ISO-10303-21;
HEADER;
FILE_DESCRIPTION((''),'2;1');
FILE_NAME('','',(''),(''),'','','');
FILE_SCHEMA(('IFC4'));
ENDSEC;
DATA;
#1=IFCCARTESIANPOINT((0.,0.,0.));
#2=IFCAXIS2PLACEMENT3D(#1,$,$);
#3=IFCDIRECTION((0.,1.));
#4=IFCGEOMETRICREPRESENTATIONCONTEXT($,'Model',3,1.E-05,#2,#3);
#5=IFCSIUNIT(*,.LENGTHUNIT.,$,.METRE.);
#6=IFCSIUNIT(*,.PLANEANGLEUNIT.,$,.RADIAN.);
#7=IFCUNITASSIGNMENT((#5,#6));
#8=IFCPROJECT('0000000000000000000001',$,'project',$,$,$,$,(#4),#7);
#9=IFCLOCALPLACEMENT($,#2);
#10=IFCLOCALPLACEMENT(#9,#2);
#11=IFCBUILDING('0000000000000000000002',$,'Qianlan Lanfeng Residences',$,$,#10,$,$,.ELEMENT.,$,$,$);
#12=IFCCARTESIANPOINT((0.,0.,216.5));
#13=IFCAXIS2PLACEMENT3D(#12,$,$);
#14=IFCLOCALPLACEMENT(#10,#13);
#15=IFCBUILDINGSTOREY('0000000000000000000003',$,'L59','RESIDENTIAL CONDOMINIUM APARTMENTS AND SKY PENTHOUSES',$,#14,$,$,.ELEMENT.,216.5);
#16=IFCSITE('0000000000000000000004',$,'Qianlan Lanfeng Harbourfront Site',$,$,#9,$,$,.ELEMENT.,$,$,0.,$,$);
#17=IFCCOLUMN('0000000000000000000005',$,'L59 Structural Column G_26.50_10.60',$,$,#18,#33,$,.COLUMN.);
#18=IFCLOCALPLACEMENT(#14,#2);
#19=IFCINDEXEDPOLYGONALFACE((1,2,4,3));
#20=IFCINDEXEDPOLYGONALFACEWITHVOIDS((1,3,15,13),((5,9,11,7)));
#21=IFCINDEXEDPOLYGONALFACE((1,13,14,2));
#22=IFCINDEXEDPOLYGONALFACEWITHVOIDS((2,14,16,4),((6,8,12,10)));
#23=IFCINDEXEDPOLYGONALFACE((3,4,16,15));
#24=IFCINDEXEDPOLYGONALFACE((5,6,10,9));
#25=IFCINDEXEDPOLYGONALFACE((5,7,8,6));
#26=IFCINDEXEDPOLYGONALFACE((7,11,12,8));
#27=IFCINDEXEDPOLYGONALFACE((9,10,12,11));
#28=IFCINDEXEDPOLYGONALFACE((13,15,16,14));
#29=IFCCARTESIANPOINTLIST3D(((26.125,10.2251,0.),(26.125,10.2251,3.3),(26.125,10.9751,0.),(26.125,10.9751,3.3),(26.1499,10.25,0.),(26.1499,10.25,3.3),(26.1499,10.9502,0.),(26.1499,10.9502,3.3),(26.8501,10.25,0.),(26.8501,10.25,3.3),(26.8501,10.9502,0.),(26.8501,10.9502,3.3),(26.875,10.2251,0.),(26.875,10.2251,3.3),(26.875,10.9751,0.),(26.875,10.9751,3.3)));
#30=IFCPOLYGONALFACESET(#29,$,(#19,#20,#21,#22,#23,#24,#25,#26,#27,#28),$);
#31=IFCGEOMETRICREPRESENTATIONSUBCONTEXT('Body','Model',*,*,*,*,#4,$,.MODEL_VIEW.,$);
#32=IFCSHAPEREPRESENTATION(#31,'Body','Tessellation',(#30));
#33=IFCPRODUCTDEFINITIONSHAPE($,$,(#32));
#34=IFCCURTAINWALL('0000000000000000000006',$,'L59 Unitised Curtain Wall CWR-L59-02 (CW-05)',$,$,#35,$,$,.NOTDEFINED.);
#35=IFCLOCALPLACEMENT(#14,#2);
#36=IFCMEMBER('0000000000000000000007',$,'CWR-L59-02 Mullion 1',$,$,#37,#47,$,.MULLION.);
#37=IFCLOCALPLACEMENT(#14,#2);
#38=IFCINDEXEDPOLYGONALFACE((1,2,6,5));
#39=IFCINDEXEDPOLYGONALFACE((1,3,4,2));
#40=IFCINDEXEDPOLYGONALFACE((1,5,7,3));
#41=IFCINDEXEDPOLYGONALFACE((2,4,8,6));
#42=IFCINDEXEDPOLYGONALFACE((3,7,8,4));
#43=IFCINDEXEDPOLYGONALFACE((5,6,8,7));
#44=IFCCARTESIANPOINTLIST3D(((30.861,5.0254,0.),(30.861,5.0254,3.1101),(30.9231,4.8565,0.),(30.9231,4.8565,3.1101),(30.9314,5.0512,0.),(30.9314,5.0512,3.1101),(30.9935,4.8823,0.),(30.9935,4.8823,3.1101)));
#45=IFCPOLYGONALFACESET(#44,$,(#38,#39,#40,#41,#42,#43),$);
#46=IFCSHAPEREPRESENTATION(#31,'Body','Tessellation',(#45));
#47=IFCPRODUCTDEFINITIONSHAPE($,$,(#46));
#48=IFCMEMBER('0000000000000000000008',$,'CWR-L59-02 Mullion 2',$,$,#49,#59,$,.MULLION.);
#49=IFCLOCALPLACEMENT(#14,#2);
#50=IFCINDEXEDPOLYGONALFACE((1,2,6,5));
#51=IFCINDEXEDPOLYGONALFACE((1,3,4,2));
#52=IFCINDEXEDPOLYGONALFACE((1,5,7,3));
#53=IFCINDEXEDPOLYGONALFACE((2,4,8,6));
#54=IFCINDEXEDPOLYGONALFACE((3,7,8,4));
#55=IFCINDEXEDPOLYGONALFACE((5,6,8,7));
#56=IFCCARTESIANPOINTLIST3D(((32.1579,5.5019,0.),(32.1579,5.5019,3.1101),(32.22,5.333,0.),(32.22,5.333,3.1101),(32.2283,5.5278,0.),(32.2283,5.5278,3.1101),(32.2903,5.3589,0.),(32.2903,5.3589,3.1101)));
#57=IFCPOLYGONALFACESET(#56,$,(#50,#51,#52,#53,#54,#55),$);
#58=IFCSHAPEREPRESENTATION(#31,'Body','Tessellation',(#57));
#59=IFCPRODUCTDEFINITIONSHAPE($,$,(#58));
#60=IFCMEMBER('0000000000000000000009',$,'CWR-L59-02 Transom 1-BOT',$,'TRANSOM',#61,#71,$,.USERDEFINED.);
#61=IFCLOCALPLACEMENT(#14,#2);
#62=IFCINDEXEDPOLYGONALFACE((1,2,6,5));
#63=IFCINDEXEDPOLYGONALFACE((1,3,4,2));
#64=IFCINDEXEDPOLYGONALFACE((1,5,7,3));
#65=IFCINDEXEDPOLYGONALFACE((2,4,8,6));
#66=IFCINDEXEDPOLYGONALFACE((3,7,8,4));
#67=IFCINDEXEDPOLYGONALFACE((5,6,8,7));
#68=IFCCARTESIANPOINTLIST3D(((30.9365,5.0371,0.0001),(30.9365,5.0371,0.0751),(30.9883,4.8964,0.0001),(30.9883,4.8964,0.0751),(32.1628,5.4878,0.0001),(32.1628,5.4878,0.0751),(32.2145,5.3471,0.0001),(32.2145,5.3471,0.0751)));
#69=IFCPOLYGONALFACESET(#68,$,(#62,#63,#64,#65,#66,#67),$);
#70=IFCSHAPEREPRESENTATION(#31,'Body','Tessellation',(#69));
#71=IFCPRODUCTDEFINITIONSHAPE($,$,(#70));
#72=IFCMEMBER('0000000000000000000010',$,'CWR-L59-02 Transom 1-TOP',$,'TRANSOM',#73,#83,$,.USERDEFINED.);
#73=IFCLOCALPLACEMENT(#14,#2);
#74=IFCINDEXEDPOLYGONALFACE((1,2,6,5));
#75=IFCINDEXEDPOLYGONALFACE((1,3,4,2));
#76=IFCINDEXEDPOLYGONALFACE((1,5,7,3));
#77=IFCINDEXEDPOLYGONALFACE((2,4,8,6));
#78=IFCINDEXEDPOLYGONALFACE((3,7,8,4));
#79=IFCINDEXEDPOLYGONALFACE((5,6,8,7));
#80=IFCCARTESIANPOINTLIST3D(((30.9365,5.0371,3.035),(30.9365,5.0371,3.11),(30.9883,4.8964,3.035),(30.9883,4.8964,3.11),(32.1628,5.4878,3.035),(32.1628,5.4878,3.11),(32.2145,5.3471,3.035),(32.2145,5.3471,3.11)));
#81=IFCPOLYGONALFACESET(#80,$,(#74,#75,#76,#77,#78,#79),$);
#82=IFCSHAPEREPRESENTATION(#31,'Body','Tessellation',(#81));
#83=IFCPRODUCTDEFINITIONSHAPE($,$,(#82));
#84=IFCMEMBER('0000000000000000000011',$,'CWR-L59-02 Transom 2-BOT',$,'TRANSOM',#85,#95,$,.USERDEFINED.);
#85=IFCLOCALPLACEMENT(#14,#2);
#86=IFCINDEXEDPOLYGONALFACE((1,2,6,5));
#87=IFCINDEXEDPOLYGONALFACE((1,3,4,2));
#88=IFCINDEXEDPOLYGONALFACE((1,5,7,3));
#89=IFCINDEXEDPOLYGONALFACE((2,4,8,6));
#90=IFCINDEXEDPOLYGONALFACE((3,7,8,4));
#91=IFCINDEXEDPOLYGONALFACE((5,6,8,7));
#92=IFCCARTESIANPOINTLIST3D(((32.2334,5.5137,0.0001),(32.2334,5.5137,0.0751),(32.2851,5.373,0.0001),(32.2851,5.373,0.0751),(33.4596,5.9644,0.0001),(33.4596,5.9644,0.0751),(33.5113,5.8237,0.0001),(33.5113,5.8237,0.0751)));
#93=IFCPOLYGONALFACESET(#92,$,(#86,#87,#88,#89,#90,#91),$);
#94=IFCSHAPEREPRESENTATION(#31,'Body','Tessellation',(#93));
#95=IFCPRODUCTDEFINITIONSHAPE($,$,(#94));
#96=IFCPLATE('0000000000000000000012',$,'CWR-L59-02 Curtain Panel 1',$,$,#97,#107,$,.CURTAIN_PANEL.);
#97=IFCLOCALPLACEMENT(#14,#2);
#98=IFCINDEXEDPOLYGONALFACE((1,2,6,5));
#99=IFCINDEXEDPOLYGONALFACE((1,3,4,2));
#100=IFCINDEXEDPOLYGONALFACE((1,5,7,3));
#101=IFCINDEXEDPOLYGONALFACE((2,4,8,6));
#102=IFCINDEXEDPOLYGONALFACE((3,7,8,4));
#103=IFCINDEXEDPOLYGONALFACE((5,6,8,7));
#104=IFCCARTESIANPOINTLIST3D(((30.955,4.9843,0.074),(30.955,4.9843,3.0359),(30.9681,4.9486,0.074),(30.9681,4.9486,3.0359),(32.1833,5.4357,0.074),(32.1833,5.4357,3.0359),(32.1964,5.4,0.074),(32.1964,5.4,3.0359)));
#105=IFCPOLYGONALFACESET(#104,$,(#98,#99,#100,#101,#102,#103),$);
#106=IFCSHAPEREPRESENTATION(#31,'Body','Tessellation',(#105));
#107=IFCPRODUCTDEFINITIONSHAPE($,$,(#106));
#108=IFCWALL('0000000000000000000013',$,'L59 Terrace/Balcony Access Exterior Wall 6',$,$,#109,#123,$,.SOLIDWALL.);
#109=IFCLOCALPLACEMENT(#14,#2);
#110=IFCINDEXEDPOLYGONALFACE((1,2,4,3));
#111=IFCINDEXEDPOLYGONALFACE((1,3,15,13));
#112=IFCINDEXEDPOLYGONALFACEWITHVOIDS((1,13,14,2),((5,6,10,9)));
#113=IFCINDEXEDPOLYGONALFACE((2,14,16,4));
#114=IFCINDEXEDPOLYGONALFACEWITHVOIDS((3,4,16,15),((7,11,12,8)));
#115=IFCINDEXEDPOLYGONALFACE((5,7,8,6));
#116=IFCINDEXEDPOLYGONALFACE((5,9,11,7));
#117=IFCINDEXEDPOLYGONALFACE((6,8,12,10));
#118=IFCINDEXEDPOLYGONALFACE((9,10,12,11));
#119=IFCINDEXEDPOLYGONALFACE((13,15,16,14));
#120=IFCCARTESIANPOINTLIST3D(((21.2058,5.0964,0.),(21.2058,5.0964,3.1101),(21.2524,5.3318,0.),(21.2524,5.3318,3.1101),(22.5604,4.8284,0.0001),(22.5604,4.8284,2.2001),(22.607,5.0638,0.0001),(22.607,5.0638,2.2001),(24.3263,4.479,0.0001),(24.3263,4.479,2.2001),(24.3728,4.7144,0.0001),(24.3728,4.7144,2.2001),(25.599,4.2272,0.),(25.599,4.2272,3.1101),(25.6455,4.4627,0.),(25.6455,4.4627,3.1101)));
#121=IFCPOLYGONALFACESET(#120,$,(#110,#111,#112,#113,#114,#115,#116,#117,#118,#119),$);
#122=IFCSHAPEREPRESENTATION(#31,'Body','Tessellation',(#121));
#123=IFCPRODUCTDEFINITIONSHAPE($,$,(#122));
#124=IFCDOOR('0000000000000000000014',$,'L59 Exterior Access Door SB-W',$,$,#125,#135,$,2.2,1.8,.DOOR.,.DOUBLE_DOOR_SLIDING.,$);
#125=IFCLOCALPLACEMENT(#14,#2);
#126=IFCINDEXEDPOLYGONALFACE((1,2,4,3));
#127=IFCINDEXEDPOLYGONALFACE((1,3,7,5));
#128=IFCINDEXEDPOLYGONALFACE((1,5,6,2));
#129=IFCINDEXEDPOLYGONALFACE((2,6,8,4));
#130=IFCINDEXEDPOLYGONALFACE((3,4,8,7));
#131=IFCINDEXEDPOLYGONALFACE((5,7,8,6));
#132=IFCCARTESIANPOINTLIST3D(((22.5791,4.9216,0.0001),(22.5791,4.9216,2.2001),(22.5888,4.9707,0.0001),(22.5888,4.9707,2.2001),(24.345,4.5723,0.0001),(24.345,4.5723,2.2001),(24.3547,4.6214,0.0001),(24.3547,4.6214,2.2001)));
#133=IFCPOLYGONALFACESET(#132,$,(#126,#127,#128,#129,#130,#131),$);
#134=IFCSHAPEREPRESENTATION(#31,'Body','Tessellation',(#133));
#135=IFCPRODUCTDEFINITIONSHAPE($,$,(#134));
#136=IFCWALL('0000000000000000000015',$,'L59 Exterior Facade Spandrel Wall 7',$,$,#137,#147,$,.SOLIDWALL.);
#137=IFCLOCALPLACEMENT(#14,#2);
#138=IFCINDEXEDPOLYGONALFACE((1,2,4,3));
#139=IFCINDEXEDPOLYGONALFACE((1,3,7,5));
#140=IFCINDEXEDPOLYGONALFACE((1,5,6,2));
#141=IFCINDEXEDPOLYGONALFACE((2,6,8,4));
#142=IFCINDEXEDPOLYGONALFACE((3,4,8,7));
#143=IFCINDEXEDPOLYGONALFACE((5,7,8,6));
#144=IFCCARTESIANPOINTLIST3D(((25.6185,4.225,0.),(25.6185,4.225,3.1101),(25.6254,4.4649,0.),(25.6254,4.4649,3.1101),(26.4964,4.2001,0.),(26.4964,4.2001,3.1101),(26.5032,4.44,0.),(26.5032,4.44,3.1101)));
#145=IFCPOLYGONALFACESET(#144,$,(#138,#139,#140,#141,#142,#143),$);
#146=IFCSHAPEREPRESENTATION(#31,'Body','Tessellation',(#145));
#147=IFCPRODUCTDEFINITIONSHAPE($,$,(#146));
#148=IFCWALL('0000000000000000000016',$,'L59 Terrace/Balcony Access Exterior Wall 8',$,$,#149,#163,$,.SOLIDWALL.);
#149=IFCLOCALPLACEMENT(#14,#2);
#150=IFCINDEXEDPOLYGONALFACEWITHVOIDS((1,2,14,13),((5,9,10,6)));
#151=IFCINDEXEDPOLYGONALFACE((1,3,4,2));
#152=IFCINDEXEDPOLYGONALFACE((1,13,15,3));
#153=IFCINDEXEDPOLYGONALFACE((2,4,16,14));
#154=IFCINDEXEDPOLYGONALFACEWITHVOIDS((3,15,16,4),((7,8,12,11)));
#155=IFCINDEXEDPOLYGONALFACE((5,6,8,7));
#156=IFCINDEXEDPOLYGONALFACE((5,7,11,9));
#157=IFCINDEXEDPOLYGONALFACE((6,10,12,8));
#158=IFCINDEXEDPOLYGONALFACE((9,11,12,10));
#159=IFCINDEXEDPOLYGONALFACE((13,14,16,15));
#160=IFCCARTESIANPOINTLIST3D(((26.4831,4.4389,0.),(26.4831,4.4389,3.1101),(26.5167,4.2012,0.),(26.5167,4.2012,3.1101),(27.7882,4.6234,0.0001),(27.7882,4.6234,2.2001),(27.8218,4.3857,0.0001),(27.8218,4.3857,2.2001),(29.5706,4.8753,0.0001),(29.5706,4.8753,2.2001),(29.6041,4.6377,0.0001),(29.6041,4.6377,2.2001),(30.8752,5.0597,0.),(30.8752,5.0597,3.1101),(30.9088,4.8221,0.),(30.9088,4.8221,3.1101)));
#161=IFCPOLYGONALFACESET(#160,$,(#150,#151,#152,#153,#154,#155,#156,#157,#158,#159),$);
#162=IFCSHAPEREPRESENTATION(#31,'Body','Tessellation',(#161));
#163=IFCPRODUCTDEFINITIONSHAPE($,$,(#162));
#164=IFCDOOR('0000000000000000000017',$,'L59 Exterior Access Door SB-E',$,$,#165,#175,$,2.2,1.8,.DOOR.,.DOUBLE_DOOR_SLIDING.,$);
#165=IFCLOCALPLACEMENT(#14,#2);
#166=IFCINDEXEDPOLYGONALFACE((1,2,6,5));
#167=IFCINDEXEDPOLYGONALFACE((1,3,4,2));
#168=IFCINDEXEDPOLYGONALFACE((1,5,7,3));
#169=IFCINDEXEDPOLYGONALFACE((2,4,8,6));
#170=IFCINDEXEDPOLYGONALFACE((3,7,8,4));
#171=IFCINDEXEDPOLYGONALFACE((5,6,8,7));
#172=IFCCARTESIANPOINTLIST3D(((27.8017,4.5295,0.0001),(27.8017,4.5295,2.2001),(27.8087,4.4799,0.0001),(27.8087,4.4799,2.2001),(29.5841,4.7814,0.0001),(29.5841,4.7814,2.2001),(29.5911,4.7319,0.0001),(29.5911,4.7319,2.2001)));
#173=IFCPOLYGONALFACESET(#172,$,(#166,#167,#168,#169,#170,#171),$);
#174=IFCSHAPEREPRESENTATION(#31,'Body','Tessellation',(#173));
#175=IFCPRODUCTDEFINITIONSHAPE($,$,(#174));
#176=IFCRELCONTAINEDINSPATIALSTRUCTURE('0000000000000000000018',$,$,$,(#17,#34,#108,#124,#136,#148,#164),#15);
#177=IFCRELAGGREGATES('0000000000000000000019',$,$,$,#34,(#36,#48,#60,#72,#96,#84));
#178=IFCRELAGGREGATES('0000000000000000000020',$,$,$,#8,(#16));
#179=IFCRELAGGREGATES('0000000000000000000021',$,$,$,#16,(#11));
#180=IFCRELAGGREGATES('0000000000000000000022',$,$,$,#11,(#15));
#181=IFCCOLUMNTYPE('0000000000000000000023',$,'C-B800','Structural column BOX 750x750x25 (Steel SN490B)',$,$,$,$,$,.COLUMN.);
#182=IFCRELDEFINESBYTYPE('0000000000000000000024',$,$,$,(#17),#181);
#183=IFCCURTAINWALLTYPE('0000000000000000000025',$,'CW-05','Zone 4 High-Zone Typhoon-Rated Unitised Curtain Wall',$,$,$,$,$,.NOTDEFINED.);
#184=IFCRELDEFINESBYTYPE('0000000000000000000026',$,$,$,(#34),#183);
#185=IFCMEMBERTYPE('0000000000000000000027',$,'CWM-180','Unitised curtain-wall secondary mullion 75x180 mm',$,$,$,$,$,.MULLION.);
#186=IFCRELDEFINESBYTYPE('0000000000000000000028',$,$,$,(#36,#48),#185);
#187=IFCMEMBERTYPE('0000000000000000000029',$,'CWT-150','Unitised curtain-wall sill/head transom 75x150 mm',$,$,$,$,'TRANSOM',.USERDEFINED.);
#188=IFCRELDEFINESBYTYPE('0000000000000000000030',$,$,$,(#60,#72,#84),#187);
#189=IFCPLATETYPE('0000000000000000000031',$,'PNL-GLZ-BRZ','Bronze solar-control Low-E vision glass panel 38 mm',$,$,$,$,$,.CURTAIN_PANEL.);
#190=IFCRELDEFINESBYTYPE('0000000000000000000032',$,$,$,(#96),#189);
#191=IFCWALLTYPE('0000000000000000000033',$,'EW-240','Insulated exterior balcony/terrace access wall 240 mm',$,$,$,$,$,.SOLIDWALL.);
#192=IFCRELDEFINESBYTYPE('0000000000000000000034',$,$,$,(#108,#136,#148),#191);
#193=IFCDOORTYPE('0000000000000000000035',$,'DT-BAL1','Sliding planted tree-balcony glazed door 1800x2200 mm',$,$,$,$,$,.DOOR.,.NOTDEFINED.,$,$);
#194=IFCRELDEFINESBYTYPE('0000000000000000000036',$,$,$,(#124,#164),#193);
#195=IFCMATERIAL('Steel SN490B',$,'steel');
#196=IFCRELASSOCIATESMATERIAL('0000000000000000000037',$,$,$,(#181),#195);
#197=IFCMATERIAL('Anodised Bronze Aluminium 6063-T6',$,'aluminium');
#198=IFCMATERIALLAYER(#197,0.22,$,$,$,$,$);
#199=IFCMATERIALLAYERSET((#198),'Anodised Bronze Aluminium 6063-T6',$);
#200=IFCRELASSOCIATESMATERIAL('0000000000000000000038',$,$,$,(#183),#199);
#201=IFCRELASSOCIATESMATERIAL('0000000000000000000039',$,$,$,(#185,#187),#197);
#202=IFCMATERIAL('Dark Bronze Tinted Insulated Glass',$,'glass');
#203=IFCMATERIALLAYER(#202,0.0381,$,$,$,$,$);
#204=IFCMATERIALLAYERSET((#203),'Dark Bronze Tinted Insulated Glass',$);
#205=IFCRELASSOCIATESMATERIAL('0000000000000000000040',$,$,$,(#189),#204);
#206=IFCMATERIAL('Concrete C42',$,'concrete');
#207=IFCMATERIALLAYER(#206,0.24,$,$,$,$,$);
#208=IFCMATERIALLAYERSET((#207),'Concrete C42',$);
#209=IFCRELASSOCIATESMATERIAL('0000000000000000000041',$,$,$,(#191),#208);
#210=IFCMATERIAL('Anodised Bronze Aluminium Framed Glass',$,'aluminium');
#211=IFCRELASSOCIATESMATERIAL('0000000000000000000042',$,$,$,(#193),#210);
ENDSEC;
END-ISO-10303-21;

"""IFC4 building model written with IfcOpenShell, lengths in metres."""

from ifc_helpers import new_model, si_unit, direction, frame, frame_2d, origin, origin_2d, place, context, subcontext, project, spatial, rectangle, hollow_rectangle, extrude, source, transform, mapped, material, layer, layer_set, material_profile, profile_set, type_object, element, fill, aggregate, save


model = new_model("IFC4")

# Units and contexts
model_context = context("Model", 3, precision=1e-05, world=origin(), true_north=direction((0.0, 1.0)))
body_context = subcontext(model_context, "Body", "Model", "MODEL_VIEW")
ifc_project = project(units=[si_unit("LENGTHUNIT", "METRE"), si_unit("PLANEANGLEUNIT", "RADIAN")], contexts=[model_context])

# Site, building, storey
site_placement = place(None, origin())
site = spatial("IfcSite", under=ifc_project, at=site_placement, Name="Qianlan Lanfeng Harbourfront Site", CompositionType="ELEMENT", RefElevation=0.0)
building_placement = place(site_placement, origin())
building = spatial("IfcBuilding", under=site, at=building_placement, Name="Qianlan Lanfeng Residences", CompositionType="ELEMENT")
storey_placement = place(building_placement, frame((0.0, 0.0, 216.5)))
storey = spatial("IfcBuildingStorey", under=building, at=storey_placement, Name="L59", Description="RESIDENTIAL CONDOMINIUM APARTMENTS AND SKY PENTHOUSES", CompositionType="ELEMENT", Elevation=216.5)

# Column
ifc_material_1 = material(Name="Steel SN490B", Category="steel")
ifc_material_profile_1 = material_profile(ifc_material_1, hollow_rectangle(XDim=0.75, YDim=0.75, WallThickness=0.0249, at=origin_2d()), Name="BOX 750x750x25")
ifc_profile_set_1 = profile_set([ifc_material_profile_1], Name="Steel SN490B")
column_type = type_object("IfcColumnType", Name="C-B800", Description="Structural column BOX 750x750x25 (Steel SN490B)", PredefinedType="COLUMN", material=ifc_profile_set_1)
column_placement = place(storey_placement, frame((26.5, 10.6001, 0.0), z_axis=(0.0, 0.0, 1.0), x_axis=(1.0, 0.0, 0.0)))
element("IfcColumn", 1, at=column_placement, inside=storey, type_object=column_type, Name="L59 Structural Column G_26.50_10.60", PredefinedType="COLUMN", context=body_context, shape_type="SweptSolid", body=[
    extrude(hollow_rectangle(XDim=0.75, YDim=0.75, WallThickness=0.0249, at=origin_2d()), origin(), (0.0, 0.0, 1.0), 3.3),
])

# Curtain wall, members, plate
ifc_material_2 = material(Name="Anodised Bronze Aluminium 6063-T6", Category="aluminium")
ifc_layer_1 = layer(ifc_material_2, 0.22)
ifc_layer_set_1 = layer_set([ifc_layer_1], Name="Anodised Bronze Aluminium 6063-T6")
curtain_wall_type = type_object("IfcCurtainWallType", Name="CW-05", Description="Zone 4 High-Zone Typhoon-Rated Unitised Curtain Wall", PredefinedType="NOTDEFINED", material=ifc_layer_set_1)
curtain_wall_placement = place(storey_placement, origin())
curtain_wall = element("IfcCurtainWall", 2, at=curtain_wall_placement, inside=storey, type_object=curtain_wall_type, Name="L59 Unitised Curtain Wall CWR-L59-02 (CW-05)", PredefinedType="NOTDEFINED")
ifc_material_profile_2 = material_profile(ifc_material_2, rectangle(XDim=0.075, YDim=0.1799, at=origin_2d()), Name="ALU MULLION 75x180")
ifc_profile_set_2 = profile_set([ifc_material_profile_2], Name="Anodised Bronze Aluminium 6063-T6")
member_type_1 = type_object("IfcMemberType", Name="CWM-180", Description="Unitised curtain-wall secondary mullion 75x180 mm", PredefinedType="MULLION", material=ifc_profile_set_2)
shared_shape_1 = source(origin(), body_context, "Body", "SweptSolid", [
    extrude(rectangle(XDim=0.075, YDim=0.1799, at=origin_2d()), origin(), (0.0, 0.0, 1.0), 3.1101),
])
member_1_placement = place(storey_placement, frame((30.9272, 4.9539, 0.0), z_axis=(0.0, 0.0, 1.0), x_axis=(0.938626, 0.344938, 0.0)))
member_1 = element("IfcMember", 3, at=member_1_placement, type_object=member_type_1, Name="CWR-L59-02 Mullion 1", PredefinedType="MULLION", context=body_context, shape_type="MappedRepresentation", body=[
    mapped(shared_shape_1, transform((0.0, 0.0, 0.0), scale=1.0)),
])
member_2_placement = place(storey_placement, frame((32.2241, 5.4304, 0.0), z_axis=(0.0, 0.0, 1.0), x_axis=(0.938626, 0.344938, 0.0)))
member_2 = element("IfcMember", 4, at=member_2_placement, type_object=member_type_1, Name="CWR-L59-02 Mullion 2", PredefinedType="MULLION", context=body_context, shape_type="MappedRepresentation", body=[
    mapped(shared_shape_1, transform((0.0, 0.0, 0.0), scale=1.0)),
])
ifc_material_profile_3 = material_profile(ifc_material_2, rectangle(XDim=0.075, YDim=0.1499, at=origin_2d()), Name="ALU TRANSOM 75x150")
ifc_profile_set_3 = profile_set([ifc_material_profile_3], Name="Anodised Bronze Aluminium 6063-T6")
member_type_2 = type_object("IfcMemberType", Name="CWT-150", Description="Unitised curtain-wall sill/head transom 75x150 mm", ElementType="TRANSOM", PredefinedType="USERDEFINED", material=ifc_profile_set_3)
shared_shape_2 = source(origin(), body_context, "Body", "SweptSolid", [
    extrude(rectangle(XDim=0.075, YDim=0.1499, at=origin_2d()), origin(), (0.0, 0.0, 1.0), 1.3064),
])
member_3_placement = place(storey_placement, frame((30.9624, 4.9668, 0.0376), z_axis=(0.93862, 0.344952, 0.0), x_axis=(0.0, 0.0, 1.0)))
member_3 = element("IfcMember", 5, at=member_3_placement, type_object=member_type_2, Name="CWR-L59-02 Transom 1-BOT", ObjectType="TRANSOM", PredefinedType="USERDEFINED", context=body_context, shape_type="MappedRepresentation", body=[
    mapped(shared_shape_2, transform((0.0, 0.0, 0.0), scale=1.0)),
])
member_4_placement = place(storey_placement, frame((30.9624, 4.9668, 3.0725), z_axis=(0.93862, 0.344952, 0.0), x_axis=(0.0, 0.0, 1.0)))
member_4 = element("IfcMember", 6, at=member_4_placement, type_object=member_type_2, Name="CWR-L59-02 Transom 1-TOP", ObjectType="TRANSOM", PredefinedType="USERDEFINED", context=body_context, shape_type="MappedRepresentation", body=[
    mapped(shared_shape_2, transform((0.0, 0.0, 0.0), scale=1.0)),
])
member_5_placement = place(storey_placement, frame((32.2593, 5.4434, 0.0376), z_axis=(0.93862, 0.344952, 0.0), x_axis=(0.0, 0.0, 1.0)))
member_5 = element("IfcMember", 7, at=member_5_placement, type_object=member_type_2, Name="CWR-L59-02 Transom 2-BOT", ObjectType="TRANSOM", PredefinedType="USERDEFINED", context=body_context, shape_type="MappedRepresentation", body=[
    mapped(shared_shape_2, transform((0.0, 0.0, 0.0), scale=1.0)),
])
ifc_material_3 = material(Name="Dark Bronze Tinted Insulated Glass", Category="glass")
ifc_layer_2 = layer(ifc_material_3, 0.0381)
ifc_layer_set_2 = layer_set([ifc_layer_2], Name="Dark Bronze Tinted Insulated Glass")
plate_type = type_object("IfcPlateType", Name="PNL-GLZ-BRZ", Description="Bronze solar-control Low-E vision glass panel 38 mm", PredefinedType="CURTAIN_PANEL", material=ifc_layer_set_2)
shared_shape_3 = source(origin(), body_context, "Body", "SweptSolid", [
    extrude(rectangle(XDim=1.3086, YDim=0.0381, at=origin_2d()), origin(), (0.0, 0.0, 1.0), 2.9619),
])
plate_placement = place(storey_placement, frame((31.5757, 5.1921, 0.074), z_axis=(0.0, 0.0, 1.0), x_axis=(0.938626, 0.344938, 0.0)))
plate = element("IfcPlate", 8, at=plate_placement, type_object=plate_type, Name="CWR-L59-02 Curtain Panel 1", PredefinedType="CURTAIN_PANEL", context=body_context, shape_type="MappedRepresentation", body=[
    mapped(shared_shape_3, transform((0.0, 0.0, 0.0), scale=1.0)),
])
aggregate(curtain_wall, [member_1, member_2, member_3, member_4, plate, member_5])

# Wall, opening, door
ifc_material_4 = material(Name="Concrete C42", Category="concrete")
ifc_layer_3 = layer(ifc_material_4, 0.24)
ifc_layer_set_3 = layer_set([ifc_layer_3], Name="Concrete C42")
wall_type_1 = type_object("IfcWallType", Name="EW-240", Description="Insulated exterior balcony/terrace access wall 240 mm", PredefinedType="SOLIDWALL", material=ifc_layer_set_3)
wall_1_placement = place(storey_placement, frame((21.229, 5.2141, 0.0), z_axis=(0.0, 0.0, 1.0), x_axis=(0.980985, -0.194082, 0.0)))
wall_1 = element("IfcWall", 9, at=wall_1_placement, inside=storey, type_object=wall_type_1, Name="L59 Terrace/Balcony Access Exterior Wall 6", PredefinedType="SOLIDWALL", context=body_context, shape_type="SweptSolid", body=[
    extrude(rectangle(XDim=4.4783, YDim=0.24, at=frame_2d((2.2393, 0.0))), origin(), (0.0, 0.0, 1.0), 3.1101),
])
opening_1_placement = place(wall_1_placement, frame((1.3811, 0.0, 0.0)))
opening_1 = element("IfcOpeningElement", 10, at=opening_1_placement, cuts=wall_1, PredefinedType="OPENING", context=body_context, shape_type="SweptSolid", body=[
    extrude(rectangle(XDim=1.8, YDim=2.2, at=frame_2d((0.8999, 1.1001))), frame((0.0, 0.1299, 0.0), z_axis=(0.0, -1.0, 0.0), x_axis=(1.0, 0.0, 0.0)), (0.0, 0.0, 1.0), 0.26),
])
ifc_material_5 = material(Name="Anodised Bronze Aluminium Framed Glass", Category="aluminium")
door_type_1 = type_object("IfcDoorType", Name="DT-BAL1", Description="Sliding planted tree-balcony glazed door 1800x2200 mm", OperationType="NOTDEFINED", PredefinedType="DOOR", material=ifc_material_5)
door_1_placement = place(opening_1_placement, frame((1.8, 0.0, 0.0), z_axis=(0.0, 0.0, 1.0), x_axis=(-1.0, 0.0, 0.0)))
door_1 = element("IfcDoor", 11, at=door_1_placement, inside=storey, type_object=door_type_1, Name="L59 Exterior Access Door SB-W", OperationType="DOUBLE_DOOR_SLIDING", OverallHeight=2.2, OverallWidth=1.8, PredefinedType="DOOR", context=body_context, shape_type="SweptSolid", body=[
    extrude(rectangle(XDim=1.8, YDim=2.2, at=frame_2d((0.8999, 1.1001))), frame((0.0, 0.0249, 0.0), z_axis=(0.0, -1.0, 0.0), x_axis=(1.0, 0.0, 0.0)), (0.0, 0.0, 1.0), 0.05),
])
fill(opening_1, door_1)

# Wall
wall_2_placement = place(storey_placement, frame((25.6221, 4.345, 0.0), z_axis=(0.0, 0.0, 1.0), x_axis=(0.999598, -0.028353, 0.0)))
element("IfcWall", 12, at=wall_2_placement, inside=storey, type_object=wall_type_1, Name="L59 Exterior Facade Spandrel Wall 7", PredefinedType="SOLIDWALL", context=body_context, shape_type="SweptSolid", body=[
    extrude(rectangle(XDim=0.8782, YDim=0.24, at=frame_2d((0.439, 0.0))), origin(), (0.0, 0.0, 1.0), 3.1101),
])

# Wall, opening, door
wall_3_placement = place(storey_placement, frame((26.5, 4.3201, 0.0), z_axis=(0.0, 0.0, 1.0), x_axis=(0.990156, 0.139965, 0.0)))
wall_3 = element("IfcWall", 13, at=wall_3_placement, inside=storey, type_object=wall_type_1, Name="L59 Terrace/Balcony Access Exterior Wall 8", PredefinedType="SOLIDWALL", context=body_context, shape_type="SweptSolid", body=[
    extrude(rectangle(XDim=4.4358, YDim=0.24, at=frame_2d((2.2178, 0.0))), origin(), (0.0, 0.0, 1.0), 3.1101),
])
opening_2_placement = place(wall_3_placement, frame((1.3181, 0.0, 0.0)))
opening_2 = element("IfcOpeningElement", 14, at=opening_2_placement, cuts=wall_3, PredefinedType="OPENING", context=body_context, shape_type="SweptSolid", body=[
    extrude(rectangle(XDim=1.8, YDim=2.2, at=frame_2d((0.8999, 1.1001))), frame((0.0, 0.1299, 0.0), z_axis=(0.0, -1.0, 0.0), x_axis=(1.0, 0.0, 0.0)), (0.0, 0.0, 1.0), 0.26),
])
door_2_placement = place(opening_2_placement, frame((1.8, 0.0, 0.0), z_axis=(0.0, 0.0, 1.0), x_axis=(-1.0, 0.0, 0.0)))
door_2 = element("IfcDoor", 15, at=door_2_placement, inside=storey, type_object=door_type_1, Name="L59 Exterior Access Door SB-E", OperationType="DOUBLE_DOOR_SLIDING", OverallHeight=2.2, OverallWidth=1.8, PredefinedType="DOOR", context=body_context, shape_type="SweptSolid", body=[
    extrude(rectangle(XDim=1.8, YDim=2.2, at=frame_2d((0.8999, 1.1001))), frame((0.0, 0.0249, 0.0), z_axis=(0.0, -1.0, 0.0), x_axis=(1.0, 0.0, 0.0)), (0.0, 0.0, 1.0), 0.05),
])
fill(opening_2, door_2)

save(model, "model.ifc")
